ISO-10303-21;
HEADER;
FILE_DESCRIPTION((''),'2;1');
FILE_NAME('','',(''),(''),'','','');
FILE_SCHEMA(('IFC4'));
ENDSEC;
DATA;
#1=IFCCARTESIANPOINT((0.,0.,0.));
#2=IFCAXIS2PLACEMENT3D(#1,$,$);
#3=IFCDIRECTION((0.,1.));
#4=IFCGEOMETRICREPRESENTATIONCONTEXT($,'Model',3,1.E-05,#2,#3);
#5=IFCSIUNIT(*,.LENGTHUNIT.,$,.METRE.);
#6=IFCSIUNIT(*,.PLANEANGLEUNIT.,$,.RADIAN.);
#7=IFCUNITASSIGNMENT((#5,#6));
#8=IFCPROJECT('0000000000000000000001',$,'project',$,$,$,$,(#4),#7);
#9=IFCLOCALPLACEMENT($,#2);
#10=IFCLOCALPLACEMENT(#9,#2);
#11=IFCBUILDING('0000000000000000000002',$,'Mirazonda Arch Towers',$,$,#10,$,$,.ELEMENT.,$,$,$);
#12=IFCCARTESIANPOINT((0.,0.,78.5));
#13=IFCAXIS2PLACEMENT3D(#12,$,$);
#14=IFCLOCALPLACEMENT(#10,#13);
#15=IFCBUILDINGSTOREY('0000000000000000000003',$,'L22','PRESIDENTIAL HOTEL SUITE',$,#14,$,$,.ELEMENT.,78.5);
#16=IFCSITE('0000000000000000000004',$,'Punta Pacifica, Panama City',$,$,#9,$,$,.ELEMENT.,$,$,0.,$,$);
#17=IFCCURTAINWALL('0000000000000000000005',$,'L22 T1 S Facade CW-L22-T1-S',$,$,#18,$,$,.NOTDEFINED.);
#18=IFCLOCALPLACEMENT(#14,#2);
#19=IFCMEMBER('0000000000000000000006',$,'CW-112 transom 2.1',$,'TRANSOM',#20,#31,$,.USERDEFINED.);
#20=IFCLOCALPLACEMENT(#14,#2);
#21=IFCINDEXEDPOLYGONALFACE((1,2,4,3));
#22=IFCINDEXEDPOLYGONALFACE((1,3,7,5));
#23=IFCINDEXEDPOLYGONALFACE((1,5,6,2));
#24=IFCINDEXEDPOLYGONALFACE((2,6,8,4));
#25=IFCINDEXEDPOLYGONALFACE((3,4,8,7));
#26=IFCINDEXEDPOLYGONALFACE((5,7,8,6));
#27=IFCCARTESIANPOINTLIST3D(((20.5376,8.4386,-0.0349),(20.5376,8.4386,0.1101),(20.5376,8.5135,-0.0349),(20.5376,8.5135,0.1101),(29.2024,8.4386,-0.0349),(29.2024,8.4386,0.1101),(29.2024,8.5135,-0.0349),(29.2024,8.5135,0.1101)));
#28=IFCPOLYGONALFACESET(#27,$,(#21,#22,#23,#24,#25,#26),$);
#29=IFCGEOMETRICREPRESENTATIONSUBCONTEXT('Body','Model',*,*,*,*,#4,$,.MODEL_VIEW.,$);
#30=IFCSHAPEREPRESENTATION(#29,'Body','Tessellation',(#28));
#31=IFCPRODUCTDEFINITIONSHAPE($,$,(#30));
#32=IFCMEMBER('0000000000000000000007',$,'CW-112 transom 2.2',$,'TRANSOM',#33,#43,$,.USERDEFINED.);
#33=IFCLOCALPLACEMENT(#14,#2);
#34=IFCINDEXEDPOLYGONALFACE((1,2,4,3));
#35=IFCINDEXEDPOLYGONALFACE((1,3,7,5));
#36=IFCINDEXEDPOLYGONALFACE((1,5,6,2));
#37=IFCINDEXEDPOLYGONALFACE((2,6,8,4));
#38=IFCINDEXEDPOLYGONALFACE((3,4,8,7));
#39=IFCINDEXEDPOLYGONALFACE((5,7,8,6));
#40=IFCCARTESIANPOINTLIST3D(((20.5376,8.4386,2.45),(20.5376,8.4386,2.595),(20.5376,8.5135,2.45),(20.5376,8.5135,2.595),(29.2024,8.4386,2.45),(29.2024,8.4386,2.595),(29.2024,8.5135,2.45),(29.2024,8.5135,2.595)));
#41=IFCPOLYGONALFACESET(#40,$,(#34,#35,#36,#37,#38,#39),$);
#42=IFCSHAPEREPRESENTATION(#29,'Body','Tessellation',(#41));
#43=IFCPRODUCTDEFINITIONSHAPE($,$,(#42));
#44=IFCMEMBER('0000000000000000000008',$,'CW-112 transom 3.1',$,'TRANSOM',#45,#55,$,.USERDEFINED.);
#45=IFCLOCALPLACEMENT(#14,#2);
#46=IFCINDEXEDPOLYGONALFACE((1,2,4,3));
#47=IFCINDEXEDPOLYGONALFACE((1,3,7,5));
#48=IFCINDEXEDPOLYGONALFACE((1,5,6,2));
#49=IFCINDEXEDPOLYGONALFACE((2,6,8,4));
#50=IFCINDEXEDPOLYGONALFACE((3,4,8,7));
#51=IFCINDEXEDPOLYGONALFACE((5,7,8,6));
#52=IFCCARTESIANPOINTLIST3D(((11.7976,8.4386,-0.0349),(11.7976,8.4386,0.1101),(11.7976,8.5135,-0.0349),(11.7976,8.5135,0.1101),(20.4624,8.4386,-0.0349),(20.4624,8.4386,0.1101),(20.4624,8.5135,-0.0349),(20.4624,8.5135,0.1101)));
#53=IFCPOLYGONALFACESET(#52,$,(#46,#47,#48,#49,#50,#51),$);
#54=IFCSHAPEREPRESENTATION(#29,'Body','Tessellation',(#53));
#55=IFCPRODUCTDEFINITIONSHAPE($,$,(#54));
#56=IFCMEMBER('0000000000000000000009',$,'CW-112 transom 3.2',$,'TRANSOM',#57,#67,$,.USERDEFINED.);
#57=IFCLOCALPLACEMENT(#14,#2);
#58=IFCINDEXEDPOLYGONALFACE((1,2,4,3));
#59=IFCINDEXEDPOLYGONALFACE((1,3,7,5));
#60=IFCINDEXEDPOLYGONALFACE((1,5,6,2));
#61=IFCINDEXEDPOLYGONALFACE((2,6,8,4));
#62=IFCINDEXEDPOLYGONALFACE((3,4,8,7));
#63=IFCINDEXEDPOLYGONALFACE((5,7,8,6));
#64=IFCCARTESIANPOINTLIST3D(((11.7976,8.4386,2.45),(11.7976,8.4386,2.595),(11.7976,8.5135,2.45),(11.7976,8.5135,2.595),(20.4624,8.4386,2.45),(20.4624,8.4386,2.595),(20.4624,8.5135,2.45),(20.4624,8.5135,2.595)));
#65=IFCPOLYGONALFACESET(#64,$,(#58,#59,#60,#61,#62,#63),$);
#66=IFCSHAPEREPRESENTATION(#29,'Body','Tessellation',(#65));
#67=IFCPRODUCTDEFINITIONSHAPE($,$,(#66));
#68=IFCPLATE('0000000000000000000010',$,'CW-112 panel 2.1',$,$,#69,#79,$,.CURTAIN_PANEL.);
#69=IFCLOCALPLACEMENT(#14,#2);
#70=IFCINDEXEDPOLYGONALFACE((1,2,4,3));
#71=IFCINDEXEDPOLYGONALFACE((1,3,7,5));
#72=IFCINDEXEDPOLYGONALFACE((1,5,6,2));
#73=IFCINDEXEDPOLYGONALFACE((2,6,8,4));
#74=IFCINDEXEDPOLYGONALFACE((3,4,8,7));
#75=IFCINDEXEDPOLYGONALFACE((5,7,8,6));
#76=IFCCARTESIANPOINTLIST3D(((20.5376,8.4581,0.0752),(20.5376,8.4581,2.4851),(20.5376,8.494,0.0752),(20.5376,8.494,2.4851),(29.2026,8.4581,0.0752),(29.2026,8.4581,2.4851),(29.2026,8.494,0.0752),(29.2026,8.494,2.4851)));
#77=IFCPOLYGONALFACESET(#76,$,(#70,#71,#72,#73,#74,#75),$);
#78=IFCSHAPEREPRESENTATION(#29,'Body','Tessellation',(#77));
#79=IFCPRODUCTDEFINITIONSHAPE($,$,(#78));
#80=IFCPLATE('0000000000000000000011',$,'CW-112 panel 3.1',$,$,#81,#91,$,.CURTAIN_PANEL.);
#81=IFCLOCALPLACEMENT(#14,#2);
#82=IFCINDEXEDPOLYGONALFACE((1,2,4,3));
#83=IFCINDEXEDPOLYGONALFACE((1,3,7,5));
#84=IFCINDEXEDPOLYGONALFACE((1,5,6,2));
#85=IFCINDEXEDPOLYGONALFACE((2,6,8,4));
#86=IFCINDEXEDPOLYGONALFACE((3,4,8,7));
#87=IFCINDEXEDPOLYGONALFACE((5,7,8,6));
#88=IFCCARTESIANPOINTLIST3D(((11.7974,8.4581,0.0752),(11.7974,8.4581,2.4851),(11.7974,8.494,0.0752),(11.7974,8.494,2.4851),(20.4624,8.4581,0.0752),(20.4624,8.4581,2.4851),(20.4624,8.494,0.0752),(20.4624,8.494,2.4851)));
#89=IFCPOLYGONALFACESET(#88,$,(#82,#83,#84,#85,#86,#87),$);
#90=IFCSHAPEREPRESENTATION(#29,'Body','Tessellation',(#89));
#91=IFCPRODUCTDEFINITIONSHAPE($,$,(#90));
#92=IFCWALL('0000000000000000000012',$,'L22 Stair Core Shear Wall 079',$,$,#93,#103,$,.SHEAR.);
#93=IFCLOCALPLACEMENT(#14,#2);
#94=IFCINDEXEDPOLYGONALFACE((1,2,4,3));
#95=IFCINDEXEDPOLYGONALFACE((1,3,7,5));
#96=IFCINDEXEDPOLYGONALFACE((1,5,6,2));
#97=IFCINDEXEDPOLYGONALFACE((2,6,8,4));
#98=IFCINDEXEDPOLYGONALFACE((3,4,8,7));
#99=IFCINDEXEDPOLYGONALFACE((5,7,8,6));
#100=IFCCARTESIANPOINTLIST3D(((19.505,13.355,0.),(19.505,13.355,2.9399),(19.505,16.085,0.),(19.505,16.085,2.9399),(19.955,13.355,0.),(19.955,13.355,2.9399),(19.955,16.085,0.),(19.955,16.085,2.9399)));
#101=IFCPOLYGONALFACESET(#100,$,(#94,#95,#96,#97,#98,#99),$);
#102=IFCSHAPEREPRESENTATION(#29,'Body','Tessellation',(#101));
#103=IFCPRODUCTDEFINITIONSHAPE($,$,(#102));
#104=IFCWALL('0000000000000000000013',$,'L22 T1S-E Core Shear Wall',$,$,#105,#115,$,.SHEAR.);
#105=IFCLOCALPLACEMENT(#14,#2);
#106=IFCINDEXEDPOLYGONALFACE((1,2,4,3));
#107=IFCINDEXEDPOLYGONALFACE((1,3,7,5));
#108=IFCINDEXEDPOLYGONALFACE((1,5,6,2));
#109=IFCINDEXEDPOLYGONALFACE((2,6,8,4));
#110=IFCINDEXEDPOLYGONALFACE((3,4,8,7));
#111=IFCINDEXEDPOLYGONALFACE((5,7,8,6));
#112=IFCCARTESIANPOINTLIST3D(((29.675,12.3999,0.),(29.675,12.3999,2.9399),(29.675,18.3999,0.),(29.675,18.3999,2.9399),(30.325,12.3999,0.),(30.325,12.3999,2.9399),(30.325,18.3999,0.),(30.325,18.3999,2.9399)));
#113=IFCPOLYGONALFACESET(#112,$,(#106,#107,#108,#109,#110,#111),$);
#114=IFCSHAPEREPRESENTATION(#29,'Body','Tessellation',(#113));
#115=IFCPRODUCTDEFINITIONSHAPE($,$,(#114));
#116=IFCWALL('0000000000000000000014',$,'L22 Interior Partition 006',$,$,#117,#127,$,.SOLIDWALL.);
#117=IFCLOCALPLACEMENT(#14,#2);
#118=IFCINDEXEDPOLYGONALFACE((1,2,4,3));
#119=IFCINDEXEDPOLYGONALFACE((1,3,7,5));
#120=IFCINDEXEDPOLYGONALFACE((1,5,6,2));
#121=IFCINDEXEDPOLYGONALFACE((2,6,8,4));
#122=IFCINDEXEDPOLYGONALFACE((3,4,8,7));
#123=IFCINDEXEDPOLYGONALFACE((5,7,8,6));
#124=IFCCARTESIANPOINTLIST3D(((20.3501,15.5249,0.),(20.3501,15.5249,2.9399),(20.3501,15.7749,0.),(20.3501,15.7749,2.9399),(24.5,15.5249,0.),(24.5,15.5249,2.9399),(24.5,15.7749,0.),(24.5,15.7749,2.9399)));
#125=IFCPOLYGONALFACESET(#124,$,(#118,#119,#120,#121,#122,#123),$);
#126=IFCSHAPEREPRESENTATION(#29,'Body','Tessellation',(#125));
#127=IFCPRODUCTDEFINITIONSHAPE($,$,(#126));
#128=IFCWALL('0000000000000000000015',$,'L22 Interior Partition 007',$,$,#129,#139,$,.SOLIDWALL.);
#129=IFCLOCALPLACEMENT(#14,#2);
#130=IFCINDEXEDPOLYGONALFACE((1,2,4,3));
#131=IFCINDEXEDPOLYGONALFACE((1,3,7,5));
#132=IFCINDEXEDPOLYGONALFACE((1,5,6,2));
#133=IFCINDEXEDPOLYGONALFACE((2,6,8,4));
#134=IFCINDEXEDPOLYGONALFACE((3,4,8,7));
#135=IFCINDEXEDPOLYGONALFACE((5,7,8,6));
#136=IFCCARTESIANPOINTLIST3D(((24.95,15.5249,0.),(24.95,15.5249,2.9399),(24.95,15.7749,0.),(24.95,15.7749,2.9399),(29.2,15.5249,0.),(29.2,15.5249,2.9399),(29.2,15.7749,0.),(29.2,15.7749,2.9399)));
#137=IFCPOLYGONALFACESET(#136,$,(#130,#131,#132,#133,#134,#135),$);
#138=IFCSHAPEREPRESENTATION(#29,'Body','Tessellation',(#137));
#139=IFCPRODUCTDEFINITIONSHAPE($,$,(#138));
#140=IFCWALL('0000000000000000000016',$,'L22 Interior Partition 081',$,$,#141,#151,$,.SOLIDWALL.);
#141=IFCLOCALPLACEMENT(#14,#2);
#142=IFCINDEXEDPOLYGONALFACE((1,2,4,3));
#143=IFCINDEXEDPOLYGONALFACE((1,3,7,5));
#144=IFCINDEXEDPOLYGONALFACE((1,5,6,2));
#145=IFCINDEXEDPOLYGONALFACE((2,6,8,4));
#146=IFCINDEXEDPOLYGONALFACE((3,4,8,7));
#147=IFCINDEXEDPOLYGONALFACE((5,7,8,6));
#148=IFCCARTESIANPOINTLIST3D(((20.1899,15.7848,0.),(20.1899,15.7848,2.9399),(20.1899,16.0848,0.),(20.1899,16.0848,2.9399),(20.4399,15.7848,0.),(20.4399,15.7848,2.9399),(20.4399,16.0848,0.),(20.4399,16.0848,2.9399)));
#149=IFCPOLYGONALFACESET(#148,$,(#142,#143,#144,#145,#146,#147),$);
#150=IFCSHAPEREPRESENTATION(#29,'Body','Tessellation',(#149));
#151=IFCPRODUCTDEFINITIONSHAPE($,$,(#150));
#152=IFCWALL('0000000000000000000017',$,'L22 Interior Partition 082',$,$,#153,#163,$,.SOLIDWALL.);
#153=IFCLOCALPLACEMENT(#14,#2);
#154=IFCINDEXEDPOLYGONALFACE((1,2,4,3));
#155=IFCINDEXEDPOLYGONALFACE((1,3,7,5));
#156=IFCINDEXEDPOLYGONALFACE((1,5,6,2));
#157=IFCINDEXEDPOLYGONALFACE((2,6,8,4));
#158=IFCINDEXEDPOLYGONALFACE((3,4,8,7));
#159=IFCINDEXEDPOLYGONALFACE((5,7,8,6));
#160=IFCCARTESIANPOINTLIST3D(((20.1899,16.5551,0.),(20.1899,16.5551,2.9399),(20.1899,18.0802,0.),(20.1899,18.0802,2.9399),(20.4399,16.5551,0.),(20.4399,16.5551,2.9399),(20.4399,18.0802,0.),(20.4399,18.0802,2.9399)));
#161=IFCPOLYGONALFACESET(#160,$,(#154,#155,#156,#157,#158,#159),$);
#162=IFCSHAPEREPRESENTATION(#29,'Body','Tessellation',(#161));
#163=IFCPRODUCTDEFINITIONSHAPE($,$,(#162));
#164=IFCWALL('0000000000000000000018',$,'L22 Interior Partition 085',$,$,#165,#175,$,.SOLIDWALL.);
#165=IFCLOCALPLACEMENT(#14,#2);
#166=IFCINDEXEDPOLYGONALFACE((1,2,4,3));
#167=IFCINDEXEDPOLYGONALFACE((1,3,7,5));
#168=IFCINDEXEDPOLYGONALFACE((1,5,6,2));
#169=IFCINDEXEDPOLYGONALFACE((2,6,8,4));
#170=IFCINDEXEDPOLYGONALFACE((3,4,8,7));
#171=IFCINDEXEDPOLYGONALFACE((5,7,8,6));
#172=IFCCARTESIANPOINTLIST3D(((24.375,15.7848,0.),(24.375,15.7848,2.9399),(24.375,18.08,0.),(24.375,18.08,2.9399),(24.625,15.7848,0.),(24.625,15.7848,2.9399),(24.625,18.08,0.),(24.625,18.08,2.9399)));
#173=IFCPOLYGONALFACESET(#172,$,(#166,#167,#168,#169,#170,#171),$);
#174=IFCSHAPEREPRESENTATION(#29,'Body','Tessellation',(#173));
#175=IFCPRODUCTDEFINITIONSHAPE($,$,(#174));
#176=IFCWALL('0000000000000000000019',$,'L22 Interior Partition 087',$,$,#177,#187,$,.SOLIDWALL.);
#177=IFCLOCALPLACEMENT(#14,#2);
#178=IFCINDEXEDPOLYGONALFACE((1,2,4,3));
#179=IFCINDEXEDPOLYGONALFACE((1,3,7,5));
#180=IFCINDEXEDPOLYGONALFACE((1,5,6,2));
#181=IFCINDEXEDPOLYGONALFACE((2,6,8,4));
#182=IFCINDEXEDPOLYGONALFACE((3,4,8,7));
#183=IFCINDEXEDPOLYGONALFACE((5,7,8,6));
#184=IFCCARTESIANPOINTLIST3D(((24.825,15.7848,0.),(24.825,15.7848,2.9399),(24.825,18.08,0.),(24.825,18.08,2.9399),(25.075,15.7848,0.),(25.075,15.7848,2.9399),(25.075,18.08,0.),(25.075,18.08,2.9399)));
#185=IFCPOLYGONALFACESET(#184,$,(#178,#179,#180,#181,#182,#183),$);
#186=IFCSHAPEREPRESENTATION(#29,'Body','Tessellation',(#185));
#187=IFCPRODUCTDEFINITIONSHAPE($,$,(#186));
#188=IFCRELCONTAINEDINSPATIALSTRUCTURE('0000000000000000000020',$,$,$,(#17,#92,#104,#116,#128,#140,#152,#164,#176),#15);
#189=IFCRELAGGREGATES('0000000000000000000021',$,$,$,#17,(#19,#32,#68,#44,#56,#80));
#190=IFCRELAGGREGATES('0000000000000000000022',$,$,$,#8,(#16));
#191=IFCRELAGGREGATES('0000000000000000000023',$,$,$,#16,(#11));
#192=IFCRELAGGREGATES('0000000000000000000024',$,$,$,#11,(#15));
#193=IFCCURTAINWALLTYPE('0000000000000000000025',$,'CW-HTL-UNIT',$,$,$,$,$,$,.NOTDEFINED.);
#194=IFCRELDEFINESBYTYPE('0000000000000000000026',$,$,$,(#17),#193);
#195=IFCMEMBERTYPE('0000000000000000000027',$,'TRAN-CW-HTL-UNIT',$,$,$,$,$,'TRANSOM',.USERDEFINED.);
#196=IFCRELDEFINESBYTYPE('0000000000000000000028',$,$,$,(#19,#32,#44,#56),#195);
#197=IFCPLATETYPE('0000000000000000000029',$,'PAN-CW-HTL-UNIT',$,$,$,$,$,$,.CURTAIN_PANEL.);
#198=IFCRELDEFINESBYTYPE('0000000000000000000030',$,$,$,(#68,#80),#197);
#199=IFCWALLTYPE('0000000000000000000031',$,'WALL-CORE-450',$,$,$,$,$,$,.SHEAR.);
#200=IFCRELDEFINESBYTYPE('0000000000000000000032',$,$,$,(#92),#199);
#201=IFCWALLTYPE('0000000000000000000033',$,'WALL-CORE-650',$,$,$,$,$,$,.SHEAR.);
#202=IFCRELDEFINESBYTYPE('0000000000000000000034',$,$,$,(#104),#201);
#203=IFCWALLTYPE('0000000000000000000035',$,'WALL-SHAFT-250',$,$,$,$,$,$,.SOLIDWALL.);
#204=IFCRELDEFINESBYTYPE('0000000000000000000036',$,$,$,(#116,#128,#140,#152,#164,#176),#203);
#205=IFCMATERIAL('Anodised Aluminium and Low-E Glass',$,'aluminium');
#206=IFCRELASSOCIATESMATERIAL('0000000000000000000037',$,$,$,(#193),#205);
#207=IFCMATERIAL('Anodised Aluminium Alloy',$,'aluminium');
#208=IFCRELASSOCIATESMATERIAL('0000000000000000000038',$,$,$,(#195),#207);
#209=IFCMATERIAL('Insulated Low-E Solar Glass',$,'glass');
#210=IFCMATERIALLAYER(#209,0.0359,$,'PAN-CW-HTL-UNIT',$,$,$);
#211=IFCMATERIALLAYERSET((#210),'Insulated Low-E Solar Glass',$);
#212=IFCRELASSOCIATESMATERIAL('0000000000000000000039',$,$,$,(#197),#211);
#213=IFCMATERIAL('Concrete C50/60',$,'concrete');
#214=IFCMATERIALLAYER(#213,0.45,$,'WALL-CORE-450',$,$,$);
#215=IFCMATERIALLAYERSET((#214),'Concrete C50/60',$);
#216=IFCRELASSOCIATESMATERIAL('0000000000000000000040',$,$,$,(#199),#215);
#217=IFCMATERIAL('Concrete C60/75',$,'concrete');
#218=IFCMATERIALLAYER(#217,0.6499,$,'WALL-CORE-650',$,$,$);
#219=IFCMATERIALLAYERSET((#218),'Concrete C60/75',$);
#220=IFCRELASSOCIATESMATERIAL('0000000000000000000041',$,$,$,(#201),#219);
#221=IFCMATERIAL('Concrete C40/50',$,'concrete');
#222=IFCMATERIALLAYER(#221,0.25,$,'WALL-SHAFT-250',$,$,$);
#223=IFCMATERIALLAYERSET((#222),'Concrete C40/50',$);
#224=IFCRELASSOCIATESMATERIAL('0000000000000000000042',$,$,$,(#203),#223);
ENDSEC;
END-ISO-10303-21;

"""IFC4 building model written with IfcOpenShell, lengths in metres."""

from ifc_helpers import new_model, si_unit, direction, frame, frame_2d, origin, origin_2d, place, context, subcontext, project, spatial, rectangle, extrude, material, layer, layer_set, material_profile, profile_set, type_object, element, aggregate, save


model = new_model("IFC4")

# Units and contexts
model_context = context("Model", 3, precision=1e-05, world=origin(), true_north=direction((0.0, 1.0)))
body_context = subcontext(model_context, "Body", "Model", "MODEL_VIEW")
ifc_project = project(units=[si_unit("LENGTHUNIT", "METRE"), si_unit("PLANEANGLEUNIT", "RADIAN")], contexts=[model_context])

# Site, building, storey
site_placement = place(None, origin())
site = spatial("IfcSite", under=ifc_project, at=site_placement, Name="Punta Pacifica, Panama City", CompositionType="ELEMENT", RefElevation=0.0)
building_placement = place(site_placement, origin())
building = spatial("IfcBuilding", under=site, at=building_placement, Name="Mirazonda Arch Towers", CompositionType="ELEMENT")
storey_placement = place(building_placement, frame((0.0, 0.0, 78.5)))
storey = spatial("IfcBuildingStorey", under=building, at=storey_placement, Name="L22", Description="PRESIDENTIAL HOTEL SUITE", CompositionType="ELEMENT", Elevation=78.5)

# Shared definitions
ifc_material_1 = material(Name="Concrete C60/75", Category="concrete")

# Curtain wall, members, plates
ifc_material_2 = material(Name="Anodised Aluminium and Low-E Glass", Category="aluminium")
curtain_wall_type = type_object("IfcCurtainWallType", Name="CW-HTL-UNIT", PredefinedType="NOTDEFINED", material=ifc_material_2)
curtain_wall_placement = place(storey_placement, origin())
curtain_wall = element("IfcCurtainWall", 1, at=curtain_wall_placement, inside=storey, type_object=curtain_wall_type, Name="L22 T1 S Facade CW-L22-T1-S", PredefinedType="NOTDEFINED")
ifc_material_3 = material(Name="Anodised Aluminium Alloy", Category="aluminium")
ifc_material_profile_1 = material_profile(ifc_material_3, rectangle(XDim=0.075, YDim=0.145, at=origin_2d()), Name="ALU-TRAN-75x145")
ifc_profile_set_1 = profile_set([ifc_material_profile_1], Name="Anodised Aluminium Alloy")
member_type_1 = type_object("IfcMemberType", Name="TRAN-CW-HTL-UNIT", ElementType="TRANSOM", PredefinedType="USERDEFINED", material=ifc_profile_set_1)
member_1_placement = place(storey_placement, frame((29.2024, 8.4761, 0.0376), z_axis=(-1.0, 0.0, 0.0), x_axis=(0.0, -1.0, 0.0)))
member_1 = element("IfcMember", 2, at=member_1_placement, type_object=member_type_1, Name="CW-112 transom 2.1", ObjectType="TRANSOM", PredefinedType="USERDEFINED", context=body_context, shape_type="SweptSolid", body=[
    extrude(rectangle(XDim=0.075, YDim=0.145, at=origin_2d()), origin(), (0.0, 0.0, 1.0), 8.6648),
])
member_2_placement = place(storey_placement, frame((29.2024, 8.4761, 2.5225), z_axis=(-1.0, 0.0, 0.0), x_axis=(0.0, -1.0, 0.0)))
member_2 = element("IfcMember", 3, at=member_2_placement, type_object=member_type_1, Name="CW-112 transom 2.2", ObjectType="TRANSOM", PredefinedType="USERDEFINED", context=body_context, shape_type="SweptSolid", body=[
    extrude(rectangle(XDim=0.075, YDim=0.145, at=origin_2d()), origin(), (0.0, 0.0, 1.0), 8.6648),
])
member_3_placement = place(storey_placement, frame((20.4624, 8.4761, 0.0376), z_axis=(-1.0, 0.0, 0.0), x_axis=(0.0, -1.0, 0.0)))
member_3 = element("IfcMember", 4, at=member_3_placement, type_object=member_type_1, Name="CW-112 transom 3.1", ObjectType="TRANSOM", PredefinedType="USERDEFINED", context=body_context, shape_type="SweptSolid", body=[
    extrude(rectangle(XDim=0.075, YDim=0.145, at=origin_2d()), origin(), (0.0, 0.0, 1.0), 8.6648),
])
member_4_placement = place(storey_placement, frame((20.4624, 8.4761, 2.5225), z_axis=(-1.0, 0.0, 0.0), x_axis=(0.0, -1.0, 0.0)))
member_4 = element("IfcMember", 5, at=member_4_placement, type_object=member_type_1, Name="CW-112 transom 3.2", ObjectType="TRANSOM", PredefinedType="USERDEFINED", context=body_context, shape_type="SweptSolid", body=[
    extrude(rectangle(XDim=0.075, YDim=0.145, at=origin_2d()), origin(), (0.0, 0.0, 1.0), 8.6648),
])
ifc_material_4 = material(Name="Insulated Low-E Solar Glass", Category="glass")
ifc_layer_1 = layer(ifc_material_4, 0.0359, Name="PAN-CW-HTL-UNIT")
ifc_layer_set_1 = layer_set([ifc_layer_1], Name="Insulated Low-E Solar Glass")
plate_type = type_object("IfcPlateType", Name="PAN-CW-HTL-UNIT", PredefinedType="CURTAIN_PANEL", material=ifc_layer_set_1)
plate_1_placement = place(storey_placement, frame((24.8701, 8.4761, 0.0752), z_axis=(0.0, 0.0, 1.0), x_axis=(-1.0, 0.0, 0.0)))
plate_1 = element("IfcPlate", 6, at=plate_1_placement, type_object=plate_type, Name="CW-112 panel 2.1", PredefinedType="CURTAIN_PANEL", context=body_context, shape_type="SweptSolid", body=[
    extrude(rectangle(XDim=8.665, YDim=0.0359, at=origin_2d()), origin(), (0.0, 0.0, 1.0), 2.4099),
])
plate_2_placement = place(storey_placement, frame((16.1299, 8.4761, 0.0752), z_axis=(0.0, 0.0, 1.0), x_axis=(-1.0, 0.0, 0.0)))
plate_2 = element("IfcPlate", 7, at=plate_2_placement, type_object=plate_type, Name="CW-112 panel 3.1", PredefinedType="CURTAIN_PANEL", context=body_context, shape_type="SweptSolid", body=[
    extrude(rectangle(XDim=8.665, YDim=0.0359, at=origin_2d()), origin(), (0.0, 0.0, 1.0), 2.4099),
])
aggregate(curtain_wall, [member_1, member_2, plate_1, member_3, member_4, plate_2])

# Walls
ifc_material_5 = material(Name="Concrete C50/60", Category="concrete")
ifc_layer_2 = layer(ifc_material_5, 0.45, Name="WALL-CORE-450")
ifc_layer_set_2 = layer_set([ifc_layer_2], Name="Concrete C50/60")
wall_type_1 = type_object("IfcWallType", Name="WALL-CORE-450", PredefinedType="SHEAR", material=ifc_layer_set_2)
wall_1_placement = place(storey_placement, frame((19.73, 13.355, 0.0), z_axis=(0.0, 0.0, 1.0), x_axis=(0.0, 1.0, 0.0)))
element("IfcWall", 8, at=wall_1_placement, inside=storey, type_object=wall_type_1, Name="L22 Stair Core Shear Wall 079", PredefinedType="SHEAR", context=body_context, shape_type="SweptSolid", body=[
    extrude(rectangle(XDim=2.73, YDim=0.45, at=frame_2d((1.365, 0.0))), origin(), (0.0, 0.0, 1.0), 2.9399),
])
ifc_layer_3 = layer(ifc_material_1, 0.6499, Name="WALL-CORE-650")
ifc_layer_set_3 = layer_set([ifc_layer_3], Name="Concrete C60/75")
wall_type_2 = type_object("IfcWallType", Name="WALL-CORE-650", PredefinedType="SHEAR", material=ifc_layer_set_3)
wall_2_placement = place(storey_placement, frame((30.0, 12.3999, 0.0), z_axis=(0.0, 0.0, 1.0), x_axis=(0.0, 1.0, 0.0)))
element("IfcWall", 9, at=wall_2_placement, inside=storey, type_object=wall_type_2, Name="L22 T1S-E Core Shear Wall", PredefinedType="SHEAR", context=body_context, shape_type="SweptSolid", body=[
    extrude(rectangle(XDim=6.0, YDim=0.6499, at=frame_2d((3.0, 0.0))), origin(), (0.0, 0.0, 1.0), 2.9399),
])
ifc_material_6 = material(Name="Concrete C40/50", Category="concrete")
ifc_layer_4 = layer(ifc_material_6, 0.25, Name="WALL-SHAFT-250")
ifc_layer_set_4 = layer_set([ifc_layer_4], Name="Concrete C40/50")
wall_type_3 = type_object("IfcWallType", Name="WALL-SHAFT-250", PredefinedType="SOLIDWALL", material=ifc_layer_set_4)
wall_3_placement = place(storey_placement, frame((20.3501, 15.6499, 0.0), z_axis=(0.0, 0.0, 1.0), x_axis=(1.0, 0.0, 0.0)))
element("IfcWall", 10, at=wall_3_placement, inside=storey, type_object=wall_type_3, Name="L22 Interior Partition 006", PredefinedType="SOLIDWALL", context=body_context, shape_type="SweptSolid", body=[
    extrude(rectangle(XDim=4.1499, YDim=0.25, at=frame_2d((2.075, 0.0))), origin(), (0.0, 0.0, 1.0), 2.9399),
])
wall_4_placement = place(storey_placement, frame((24.95, 15.6499, 0.0), z_axis=(0.0, 0.0, 1.0), x_axis=(1.0, 0.0, 0.0)))
element("IfcWall", 11, at=wall_4_placement, inside=storey, type_object=wall_type_3, Name="L22 Interior Partition 007", PredefinedType="SOLIDWALL", context=body_context, shape_type="SweptSolid", body=[
    extrude(rectangle(XDim=4.25, YDim=0.25, at=frame_2d((2.125, 0.0))), origin(), (0.0, 0.0, 1.0), 2.9399),
])
wall_5_placement = place(storey_placement, frame((20.3149, 15.7849, 0.0), z_axis=(0.0, 0.0, 1.0), x_axis=(0.0, 1.0, 0.0)))
element("IfcWall", 12, at=wall_5_placement, inside=storey, type_object=wall_type_3, Name="L22 Interior Partition 081", PredefinedType="SOLIDWALL", context=body_context, shape_type="SweptSolid", body=[
    extrude(rectangle(XDim=0.3, YDim=0.25, at=frame_2d((0.1499, 0.0))), origin(), (0.0, 0.0, 1.0), 2.9399),
])
wall_6_placement = place(storey_placement, frame((20.3149, 16.5549, 0.0), z_axis=(0.0, 0.0, 1.0), x_axis=(0.0, 1.0, 0.0)))
element("IfcWall", 13, at=wall_6_placement, inside=storey, type_object=wall_type_3, Name="L22 Interior Partition 082", PredefinedType="SOLIDWALL", context=body_context, shape_type="SweptSolid", body=[
    extrude(rectangle(XDim=1.5251, YDim=0.25, at=frame_2d((0.7627, 0.0))), origin(), (0.0, 0.0, 1.0), 2.9399),
])
for number, where, z_axis, x_axis, name in (
    (14, (24.5, 15.7849, 0.0), (0.0, 0.0, 1.0), (0.0, 1.0, 0.0), "L22 Interior Partition 085"),
    (15, (24.95, 15.7849, 0.0), (0.0, 0.0, 1.0), (0.0, 1.0, 0.0), "L22 Interior Partition 087"),
):
    element("IfcWall", number, at=place(storey_placement, frame(where, z_axis=z_axis, x_axis=x_axis)), inside=storey, type_object=wall_type_3, Name=name, PredefinedType="SOLIDWALL", context=body_context, shape_type="SweptSolid", body=[
        extrude(rectangle(XDim=2.2952, YDim=0.25, at=frame_2d((1.1475, 0.0))), origin(), (0.0, 0.0, 1.0), 2.9399),
    ])

save(model, "model.ifc")
